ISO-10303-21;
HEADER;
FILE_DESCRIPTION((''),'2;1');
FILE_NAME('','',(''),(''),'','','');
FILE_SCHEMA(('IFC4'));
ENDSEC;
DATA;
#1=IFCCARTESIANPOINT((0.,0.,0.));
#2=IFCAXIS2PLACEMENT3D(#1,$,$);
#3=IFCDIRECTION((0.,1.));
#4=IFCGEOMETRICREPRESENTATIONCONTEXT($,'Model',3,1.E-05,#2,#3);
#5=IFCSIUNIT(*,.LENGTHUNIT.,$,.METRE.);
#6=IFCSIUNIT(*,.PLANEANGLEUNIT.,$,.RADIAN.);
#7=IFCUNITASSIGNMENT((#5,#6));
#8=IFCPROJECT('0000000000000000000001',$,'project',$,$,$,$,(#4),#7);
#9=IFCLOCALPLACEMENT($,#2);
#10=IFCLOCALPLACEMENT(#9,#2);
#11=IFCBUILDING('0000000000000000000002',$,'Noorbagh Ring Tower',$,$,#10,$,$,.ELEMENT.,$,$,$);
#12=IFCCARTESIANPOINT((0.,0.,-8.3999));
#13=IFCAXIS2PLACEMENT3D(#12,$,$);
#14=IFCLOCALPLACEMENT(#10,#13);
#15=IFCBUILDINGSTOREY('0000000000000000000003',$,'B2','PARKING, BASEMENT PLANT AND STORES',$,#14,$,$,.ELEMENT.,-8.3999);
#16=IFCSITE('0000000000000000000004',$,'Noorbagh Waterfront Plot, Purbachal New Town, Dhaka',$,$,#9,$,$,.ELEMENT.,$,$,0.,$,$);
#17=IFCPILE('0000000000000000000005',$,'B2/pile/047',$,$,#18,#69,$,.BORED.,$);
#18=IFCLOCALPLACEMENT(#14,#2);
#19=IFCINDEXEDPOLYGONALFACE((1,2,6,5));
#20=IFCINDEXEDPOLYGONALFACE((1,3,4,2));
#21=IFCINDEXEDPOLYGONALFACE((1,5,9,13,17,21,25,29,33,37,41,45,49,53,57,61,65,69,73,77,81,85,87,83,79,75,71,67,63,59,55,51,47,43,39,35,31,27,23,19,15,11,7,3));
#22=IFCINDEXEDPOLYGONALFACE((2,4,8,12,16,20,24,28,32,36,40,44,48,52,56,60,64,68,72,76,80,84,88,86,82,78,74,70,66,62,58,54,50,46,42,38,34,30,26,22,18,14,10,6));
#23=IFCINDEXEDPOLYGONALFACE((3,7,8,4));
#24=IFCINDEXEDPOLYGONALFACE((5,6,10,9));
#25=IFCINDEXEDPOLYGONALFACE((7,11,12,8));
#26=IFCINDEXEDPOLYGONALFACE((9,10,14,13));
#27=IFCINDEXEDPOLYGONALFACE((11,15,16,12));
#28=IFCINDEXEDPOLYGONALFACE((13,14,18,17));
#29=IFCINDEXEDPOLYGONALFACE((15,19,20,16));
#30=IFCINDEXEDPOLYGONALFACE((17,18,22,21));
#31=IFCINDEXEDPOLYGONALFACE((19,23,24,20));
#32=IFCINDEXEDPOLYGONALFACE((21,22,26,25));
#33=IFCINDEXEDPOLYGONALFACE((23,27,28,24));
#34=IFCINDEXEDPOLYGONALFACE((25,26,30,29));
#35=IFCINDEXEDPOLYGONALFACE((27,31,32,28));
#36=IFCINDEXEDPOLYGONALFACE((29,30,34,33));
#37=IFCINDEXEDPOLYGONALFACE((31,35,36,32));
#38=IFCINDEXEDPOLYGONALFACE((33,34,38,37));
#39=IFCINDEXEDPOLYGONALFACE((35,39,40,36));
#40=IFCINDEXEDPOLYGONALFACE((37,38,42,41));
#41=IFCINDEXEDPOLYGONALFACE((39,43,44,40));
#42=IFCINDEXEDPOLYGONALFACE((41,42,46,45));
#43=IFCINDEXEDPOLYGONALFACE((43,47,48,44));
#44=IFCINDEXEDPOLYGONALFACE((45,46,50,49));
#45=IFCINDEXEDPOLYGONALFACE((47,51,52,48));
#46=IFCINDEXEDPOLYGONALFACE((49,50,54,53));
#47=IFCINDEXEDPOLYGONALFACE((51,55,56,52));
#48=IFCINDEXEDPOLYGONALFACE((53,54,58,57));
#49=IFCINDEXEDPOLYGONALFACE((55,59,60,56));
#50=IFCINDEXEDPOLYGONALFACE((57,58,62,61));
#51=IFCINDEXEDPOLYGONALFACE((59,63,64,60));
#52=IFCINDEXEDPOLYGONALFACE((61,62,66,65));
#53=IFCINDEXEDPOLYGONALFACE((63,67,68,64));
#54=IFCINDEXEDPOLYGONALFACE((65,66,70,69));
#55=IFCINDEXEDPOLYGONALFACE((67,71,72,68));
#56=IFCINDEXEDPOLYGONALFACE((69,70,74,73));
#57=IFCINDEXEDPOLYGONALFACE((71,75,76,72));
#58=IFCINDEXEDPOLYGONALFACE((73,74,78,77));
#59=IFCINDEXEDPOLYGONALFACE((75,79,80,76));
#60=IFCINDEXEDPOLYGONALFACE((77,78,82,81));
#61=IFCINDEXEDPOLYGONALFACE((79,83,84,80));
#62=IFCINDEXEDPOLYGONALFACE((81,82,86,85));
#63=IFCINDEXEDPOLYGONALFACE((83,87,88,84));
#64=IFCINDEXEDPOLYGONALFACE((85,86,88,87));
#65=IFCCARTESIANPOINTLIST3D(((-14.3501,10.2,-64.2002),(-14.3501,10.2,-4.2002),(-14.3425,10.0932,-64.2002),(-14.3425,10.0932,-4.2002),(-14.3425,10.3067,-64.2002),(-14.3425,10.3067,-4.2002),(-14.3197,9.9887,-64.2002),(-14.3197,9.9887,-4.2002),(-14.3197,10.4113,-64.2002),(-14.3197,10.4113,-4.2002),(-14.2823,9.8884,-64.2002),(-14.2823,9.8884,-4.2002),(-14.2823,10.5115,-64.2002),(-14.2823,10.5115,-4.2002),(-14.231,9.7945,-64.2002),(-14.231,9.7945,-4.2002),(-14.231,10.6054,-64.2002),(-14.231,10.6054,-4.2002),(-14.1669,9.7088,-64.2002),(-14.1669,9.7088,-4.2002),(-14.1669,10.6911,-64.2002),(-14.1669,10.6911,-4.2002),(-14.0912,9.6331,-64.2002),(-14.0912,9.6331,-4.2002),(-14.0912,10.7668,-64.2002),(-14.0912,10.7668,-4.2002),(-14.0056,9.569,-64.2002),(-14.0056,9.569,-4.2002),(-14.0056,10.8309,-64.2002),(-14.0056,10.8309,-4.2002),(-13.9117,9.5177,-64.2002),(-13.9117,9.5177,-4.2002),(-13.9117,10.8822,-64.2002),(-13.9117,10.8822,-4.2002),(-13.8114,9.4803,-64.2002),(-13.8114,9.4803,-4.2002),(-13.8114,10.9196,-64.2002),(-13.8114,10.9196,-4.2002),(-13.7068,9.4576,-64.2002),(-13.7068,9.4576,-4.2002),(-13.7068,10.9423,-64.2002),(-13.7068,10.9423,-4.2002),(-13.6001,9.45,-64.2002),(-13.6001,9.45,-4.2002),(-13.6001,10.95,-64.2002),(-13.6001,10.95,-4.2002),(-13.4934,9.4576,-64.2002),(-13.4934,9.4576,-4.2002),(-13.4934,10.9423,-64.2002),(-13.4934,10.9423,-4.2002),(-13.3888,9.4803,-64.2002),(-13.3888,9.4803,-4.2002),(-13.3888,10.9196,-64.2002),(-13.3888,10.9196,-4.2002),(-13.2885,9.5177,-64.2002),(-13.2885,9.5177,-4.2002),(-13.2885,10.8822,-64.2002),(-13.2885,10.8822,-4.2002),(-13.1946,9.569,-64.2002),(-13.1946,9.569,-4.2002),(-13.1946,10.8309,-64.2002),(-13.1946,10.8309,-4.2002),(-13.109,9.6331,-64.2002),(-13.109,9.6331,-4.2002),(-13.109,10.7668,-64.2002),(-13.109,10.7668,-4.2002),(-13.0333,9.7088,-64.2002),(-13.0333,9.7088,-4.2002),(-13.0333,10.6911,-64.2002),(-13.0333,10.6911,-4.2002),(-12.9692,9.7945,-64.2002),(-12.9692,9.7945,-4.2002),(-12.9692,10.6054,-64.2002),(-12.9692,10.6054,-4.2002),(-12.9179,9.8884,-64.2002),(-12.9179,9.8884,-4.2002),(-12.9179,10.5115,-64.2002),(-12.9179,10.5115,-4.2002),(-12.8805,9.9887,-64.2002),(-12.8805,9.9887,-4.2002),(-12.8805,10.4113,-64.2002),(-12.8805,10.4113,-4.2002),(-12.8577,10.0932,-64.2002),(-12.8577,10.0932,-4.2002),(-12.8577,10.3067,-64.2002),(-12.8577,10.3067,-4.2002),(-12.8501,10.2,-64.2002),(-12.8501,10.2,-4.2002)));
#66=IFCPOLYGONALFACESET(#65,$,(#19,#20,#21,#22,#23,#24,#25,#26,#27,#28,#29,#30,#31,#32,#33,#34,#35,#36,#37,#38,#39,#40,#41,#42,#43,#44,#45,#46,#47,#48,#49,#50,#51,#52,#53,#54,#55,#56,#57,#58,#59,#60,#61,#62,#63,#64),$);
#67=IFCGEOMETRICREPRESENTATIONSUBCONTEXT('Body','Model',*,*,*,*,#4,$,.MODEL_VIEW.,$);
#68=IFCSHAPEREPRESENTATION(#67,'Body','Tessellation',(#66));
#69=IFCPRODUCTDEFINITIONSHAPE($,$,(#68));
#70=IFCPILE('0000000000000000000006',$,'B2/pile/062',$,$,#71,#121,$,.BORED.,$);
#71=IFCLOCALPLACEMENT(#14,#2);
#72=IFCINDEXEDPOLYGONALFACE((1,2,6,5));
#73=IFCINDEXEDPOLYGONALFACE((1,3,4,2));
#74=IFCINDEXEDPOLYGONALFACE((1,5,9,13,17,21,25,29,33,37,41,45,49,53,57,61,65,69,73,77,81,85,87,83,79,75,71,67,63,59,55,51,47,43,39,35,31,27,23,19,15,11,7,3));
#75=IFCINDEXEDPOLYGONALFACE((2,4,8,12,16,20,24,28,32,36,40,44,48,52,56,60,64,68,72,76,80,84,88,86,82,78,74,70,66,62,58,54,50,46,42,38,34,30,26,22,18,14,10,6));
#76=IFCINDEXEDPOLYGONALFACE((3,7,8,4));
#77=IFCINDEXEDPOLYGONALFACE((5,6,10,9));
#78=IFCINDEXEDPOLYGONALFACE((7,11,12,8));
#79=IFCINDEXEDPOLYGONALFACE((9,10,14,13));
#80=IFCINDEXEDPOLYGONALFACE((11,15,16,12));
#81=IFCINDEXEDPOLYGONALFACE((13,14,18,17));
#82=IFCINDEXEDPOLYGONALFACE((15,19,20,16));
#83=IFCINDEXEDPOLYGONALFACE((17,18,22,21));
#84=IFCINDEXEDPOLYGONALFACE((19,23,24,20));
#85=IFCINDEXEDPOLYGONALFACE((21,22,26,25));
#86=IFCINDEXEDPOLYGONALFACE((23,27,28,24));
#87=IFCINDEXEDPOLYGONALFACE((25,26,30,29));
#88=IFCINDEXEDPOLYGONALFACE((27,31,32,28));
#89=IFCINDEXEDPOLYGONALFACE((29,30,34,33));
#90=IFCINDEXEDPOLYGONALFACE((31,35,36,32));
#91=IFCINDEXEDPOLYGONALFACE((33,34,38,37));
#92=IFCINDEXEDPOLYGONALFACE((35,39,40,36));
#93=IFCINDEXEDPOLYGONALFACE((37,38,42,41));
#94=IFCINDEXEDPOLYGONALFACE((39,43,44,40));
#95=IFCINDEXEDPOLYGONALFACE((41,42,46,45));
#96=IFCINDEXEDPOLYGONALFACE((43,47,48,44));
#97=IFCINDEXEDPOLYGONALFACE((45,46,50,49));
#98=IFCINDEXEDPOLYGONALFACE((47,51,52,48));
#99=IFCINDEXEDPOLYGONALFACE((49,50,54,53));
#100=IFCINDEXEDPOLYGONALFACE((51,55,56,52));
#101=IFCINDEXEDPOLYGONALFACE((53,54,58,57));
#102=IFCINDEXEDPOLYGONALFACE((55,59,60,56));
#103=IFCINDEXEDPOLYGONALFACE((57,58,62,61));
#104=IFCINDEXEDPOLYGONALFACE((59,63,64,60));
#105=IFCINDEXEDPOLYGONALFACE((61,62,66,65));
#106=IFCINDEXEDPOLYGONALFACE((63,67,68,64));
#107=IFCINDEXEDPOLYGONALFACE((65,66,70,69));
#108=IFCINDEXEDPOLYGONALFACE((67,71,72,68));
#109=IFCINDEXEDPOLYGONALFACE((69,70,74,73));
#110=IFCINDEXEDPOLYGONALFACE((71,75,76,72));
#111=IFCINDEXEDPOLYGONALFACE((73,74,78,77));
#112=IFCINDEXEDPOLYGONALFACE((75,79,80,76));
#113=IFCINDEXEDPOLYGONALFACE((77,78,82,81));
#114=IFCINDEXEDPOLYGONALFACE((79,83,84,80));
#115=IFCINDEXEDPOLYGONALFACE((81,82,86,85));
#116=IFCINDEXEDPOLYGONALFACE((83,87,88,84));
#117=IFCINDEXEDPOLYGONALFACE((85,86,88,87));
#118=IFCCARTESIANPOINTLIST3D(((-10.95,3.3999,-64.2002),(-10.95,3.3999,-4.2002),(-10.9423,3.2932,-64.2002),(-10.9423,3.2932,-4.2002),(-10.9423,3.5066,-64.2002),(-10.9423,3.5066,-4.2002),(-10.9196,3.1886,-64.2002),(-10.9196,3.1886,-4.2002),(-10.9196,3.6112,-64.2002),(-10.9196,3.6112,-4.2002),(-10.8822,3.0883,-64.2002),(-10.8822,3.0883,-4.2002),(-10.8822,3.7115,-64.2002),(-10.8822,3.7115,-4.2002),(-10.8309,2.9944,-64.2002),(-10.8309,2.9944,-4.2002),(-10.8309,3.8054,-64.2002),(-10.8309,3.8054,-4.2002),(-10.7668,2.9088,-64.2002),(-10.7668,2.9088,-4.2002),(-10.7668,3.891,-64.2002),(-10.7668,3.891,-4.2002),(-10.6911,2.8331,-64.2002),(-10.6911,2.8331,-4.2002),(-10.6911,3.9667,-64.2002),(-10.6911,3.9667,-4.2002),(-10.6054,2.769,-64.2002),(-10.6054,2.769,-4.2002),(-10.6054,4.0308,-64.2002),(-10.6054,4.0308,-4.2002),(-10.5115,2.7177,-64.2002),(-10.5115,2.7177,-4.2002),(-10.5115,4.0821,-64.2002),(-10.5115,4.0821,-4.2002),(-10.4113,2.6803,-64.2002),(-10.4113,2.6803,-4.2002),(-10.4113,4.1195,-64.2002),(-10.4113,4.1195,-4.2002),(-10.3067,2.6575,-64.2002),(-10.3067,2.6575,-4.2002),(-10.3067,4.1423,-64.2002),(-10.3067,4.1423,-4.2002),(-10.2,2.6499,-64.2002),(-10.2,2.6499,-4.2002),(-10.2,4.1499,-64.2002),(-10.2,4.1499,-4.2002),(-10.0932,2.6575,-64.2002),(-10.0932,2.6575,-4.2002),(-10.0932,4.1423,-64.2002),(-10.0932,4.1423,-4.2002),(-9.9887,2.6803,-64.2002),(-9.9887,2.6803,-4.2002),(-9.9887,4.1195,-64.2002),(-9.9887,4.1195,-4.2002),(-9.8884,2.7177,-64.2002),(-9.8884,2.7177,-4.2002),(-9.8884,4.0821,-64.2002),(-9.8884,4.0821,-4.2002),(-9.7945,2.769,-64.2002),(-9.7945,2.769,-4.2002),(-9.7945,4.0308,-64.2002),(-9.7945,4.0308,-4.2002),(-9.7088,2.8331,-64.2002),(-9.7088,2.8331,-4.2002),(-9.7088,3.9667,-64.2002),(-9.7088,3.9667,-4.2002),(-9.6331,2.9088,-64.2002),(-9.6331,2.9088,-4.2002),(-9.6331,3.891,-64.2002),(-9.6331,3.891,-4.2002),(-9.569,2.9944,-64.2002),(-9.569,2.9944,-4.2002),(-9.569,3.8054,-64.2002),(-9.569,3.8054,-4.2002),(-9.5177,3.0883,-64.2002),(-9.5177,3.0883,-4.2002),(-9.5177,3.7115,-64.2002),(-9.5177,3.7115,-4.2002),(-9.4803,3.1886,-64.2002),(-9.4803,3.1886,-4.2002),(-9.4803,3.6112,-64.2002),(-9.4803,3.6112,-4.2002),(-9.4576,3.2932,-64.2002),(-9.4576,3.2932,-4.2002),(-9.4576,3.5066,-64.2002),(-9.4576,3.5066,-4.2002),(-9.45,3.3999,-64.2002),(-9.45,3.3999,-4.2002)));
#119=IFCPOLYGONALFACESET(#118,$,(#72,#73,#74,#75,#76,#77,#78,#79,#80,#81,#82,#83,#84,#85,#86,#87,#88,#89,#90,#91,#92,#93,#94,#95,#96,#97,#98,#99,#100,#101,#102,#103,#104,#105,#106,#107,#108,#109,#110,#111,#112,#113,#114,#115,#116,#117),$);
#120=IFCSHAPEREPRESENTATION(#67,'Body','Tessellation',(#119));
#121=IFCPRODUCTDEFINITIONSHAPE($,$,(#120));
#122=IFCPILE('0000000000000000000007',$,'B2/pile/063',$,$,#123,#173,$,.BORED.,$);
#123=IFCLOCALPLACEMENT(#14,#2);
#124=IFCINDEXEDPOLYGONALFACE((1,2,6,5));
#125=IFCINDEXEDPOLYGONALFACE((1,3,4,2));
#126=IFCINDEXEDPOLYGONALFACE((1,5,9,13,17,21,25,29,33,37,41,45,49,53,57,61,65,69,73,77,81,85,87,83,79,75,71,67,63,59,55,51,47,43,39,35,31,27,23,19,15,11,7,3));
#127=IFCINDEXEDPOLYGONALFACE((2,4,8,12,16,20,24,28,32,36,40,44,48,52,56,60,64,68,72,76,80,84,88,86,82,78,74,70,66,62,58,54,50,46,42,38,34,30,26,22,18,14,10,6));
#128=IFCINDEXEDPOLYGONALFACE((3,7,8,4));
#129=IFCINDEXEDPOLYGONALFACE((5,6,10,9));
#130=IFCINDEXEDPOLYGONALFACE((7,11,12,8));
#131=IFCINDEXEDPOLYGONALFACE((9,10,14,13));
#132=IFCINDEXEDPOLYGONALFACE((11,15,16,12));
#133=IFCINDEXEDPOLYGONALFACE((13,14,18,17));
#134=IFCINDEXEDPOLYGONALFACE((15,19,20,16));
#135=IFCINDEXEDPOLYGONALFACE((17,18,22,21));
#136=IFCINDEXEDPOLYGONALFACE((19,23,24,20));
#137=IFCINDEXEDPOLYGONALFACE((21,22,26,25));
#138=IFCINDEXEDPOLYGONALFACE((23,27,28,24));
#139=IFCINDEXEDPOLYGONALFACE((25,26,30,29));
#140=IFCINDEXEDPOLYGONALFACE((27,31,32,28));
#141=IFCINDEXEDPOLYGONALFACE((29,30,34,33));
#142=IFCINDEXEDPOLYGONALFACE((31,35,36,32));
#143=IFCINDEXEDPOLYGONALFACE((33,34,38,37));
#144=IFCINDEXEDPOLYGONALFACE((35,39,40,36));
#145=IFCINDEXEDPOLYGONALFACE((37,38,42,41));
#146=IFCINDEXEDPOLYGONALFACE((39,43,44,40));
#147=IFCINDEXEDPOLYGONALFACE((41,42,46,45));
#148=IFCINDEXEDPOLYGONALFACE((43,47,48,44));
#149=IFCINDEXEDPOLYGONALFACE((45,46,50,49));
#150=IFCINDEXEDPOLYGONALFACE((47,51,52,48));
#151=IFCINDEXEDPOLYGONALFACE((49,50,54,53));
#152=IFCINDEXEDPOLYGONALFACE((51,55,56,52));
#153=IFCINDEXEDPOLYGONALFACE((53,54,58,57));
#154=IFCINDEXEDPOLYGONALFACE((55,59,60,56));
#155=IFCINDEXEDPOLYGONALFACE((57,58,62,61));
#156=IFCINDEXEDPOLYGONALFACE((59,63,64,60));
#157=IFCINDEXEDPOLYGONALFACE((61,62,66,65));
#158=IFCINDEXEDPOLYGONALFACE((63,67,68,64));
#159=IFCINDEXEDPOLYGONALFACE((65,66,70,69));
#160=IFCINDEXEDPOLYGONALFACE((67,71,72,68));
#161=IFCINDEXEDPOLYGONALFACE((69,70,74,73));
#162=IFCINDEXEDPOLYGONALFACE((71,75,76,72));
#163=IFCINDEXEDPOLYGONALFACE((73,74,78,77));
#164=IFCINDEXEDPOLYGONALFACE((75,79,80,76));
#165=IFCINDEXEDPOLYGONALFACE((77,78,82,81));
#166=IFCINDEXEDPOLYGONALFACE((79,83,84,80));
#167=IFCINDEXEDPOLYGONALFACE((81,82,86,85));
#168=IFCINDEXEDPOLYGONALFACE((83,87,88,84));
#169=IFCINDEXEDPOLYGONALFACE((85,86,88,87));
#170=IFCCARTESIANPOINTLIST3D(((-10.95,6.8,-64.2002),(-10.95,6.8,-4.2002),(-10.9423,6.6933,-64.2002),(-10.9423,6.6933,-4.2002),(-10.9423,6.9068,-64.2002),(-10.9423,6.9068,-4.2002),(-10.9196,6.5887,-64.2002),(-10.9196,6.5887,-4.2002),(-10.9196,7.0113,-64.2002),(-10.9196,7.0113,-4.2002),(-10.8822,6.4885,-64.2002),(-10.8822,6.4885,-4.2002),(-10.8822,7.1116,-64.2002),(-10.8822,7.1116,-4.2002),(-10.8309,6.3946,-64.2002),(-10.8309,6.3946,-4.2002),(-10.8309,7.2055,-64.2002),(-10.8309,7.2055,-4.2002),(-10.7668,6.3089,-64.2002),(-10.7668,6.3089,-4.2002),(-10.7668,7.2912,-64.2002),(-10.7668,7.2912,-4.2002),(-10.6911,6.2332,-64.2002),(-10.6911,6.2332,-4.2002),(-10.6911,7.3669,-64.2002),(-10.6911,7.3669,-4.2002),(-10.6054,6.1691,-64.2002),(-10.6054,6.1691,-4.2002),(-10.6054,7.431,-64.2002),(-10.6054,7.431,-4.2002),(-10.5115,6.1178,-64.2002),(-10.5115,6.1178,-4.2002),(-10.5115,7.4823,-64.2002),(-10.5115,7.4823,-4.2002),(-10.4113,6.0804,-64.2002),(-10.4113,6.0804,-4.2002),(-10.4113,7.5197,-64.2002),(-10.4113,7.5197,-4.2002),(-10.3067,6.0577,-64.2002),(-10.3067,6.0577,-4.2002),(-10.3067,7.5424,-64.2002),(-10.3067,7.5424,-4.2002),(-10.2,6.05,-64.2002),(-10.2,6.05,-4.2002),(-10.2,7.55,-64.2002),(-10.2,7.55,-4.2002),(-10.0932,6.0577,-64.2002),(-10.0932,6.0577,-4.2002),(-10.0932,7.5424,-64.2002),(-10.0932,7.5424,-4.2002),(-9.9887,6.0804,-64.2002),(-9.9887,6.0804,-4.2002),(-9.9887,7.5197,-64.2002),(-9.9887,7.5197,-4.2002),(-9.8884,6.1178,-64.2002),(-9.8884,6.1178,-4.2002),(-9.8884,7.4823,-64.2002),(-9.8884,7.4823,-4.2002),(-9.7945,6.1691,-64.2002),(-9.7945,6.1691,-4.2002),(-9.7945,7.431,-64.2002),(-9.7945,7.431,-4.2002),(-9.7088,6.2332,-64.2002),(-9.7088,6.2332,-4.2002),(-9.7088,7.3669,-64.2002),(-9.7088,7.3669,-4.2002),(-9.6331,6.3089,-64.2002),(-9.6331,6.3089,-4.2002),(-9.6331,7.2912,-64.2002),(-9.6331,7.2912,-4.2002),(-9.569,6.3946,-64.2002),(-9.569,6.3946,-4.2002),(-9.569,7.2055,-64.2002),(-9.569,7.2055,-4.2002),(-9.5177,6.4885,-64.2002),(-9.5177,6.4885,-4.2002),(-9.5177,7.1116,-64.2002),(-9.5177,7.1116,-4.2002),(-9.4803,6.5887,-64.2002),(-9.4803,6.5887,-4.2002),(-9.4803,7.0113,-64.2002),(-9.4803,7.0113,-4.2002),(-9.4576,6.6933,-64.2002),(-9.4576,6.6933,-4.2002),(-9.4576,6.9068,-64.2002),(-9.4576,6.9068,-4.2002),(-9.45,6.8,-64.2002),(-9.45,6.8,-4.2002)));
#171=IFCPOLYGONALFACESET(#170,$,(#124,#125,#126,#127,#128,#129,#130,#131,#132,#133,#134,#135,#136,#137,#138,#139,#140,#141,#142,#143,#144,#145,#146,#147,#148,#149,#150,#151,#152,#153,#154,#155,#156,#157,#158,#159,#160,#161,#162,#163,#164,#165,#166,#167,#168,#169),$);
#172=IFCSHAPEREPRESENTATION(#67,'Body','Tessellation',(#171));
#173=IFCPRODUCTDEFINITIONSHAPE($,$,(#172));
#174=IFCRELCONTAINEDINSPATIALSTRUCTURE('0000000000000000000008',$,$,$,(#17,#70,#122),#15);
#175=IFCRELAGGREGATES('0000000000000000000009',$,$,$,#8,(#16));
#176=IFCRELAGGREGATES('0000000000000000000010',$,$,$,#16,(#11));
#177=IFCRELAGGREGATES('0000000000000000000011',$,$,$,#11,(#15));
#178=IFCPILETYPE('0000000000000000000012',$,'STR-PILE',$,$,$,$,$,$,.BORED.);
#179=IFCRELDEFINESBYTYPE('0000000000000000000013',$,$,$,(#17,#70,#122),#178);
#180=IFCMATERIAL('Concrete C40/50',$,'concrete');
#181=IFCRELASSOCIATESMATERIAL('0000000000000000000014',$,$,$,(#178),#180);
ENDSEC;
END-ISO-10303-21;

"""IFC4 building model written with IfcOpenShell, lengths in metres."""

from ifc_helpers import new_model, si_unit, direction, frame, origin, origin_2d, place, context, subcontext, project, spatial, circle, extrude, material, material_profile, profile_set, type_object, element, save


model = new_model("IFC4")

# Units and contexts
model_context = context("Model", 3, precision=1e-05, world=origin(), true_north=direction((0.0, 1.0)))
body_context = subcontext(model_context, "Body", "Model", "MODEL_VIEW")
ifc_project = project(units=[si_unit("LENGTHUNIT", "METRE"), si_unit("PLANEANGLEUNIT", "RADIAN")], contexts=[model_context])

# Site, building, storey
site_placement = place(None, origin())
site = spatial("IfcSite", under=ifc_project, at=site_placement, Name="Noorbagh Waterfront Plot, Purbachal New Town, Dhaka", CompositionType="ELEMENT", RefElevation=0.0)
building_placement = place(site_placement, origin())
building = spatial("IfcBuilding", under=site, at=building_placement, Name="Noorbagh Ring Tower", CompositionType="ELEMENT")
storey_placement = place(building_placement, frame((0.0, 0.0, -8.3999)))
storey = spatial("IfcBuildingStorey", under=building, at=storey_placement, Name="B2", Description="PARKING, BASEMENT PLANT AND STORES", CompositionType="ELEMENT", Elevation=-8.3999)

# Piles
ifc_material_1 = material(Name="Concrete C40/50", Category="concrete")
ifc_material_profile_1 = material_profile(ifc_material_1, circle(Radius=0.75, at=origin_2d()), Name="PILE1500")
ifc_profile_set_1 = profile_set([ifc_material_profile_1], Name="Concrete C40/50")
pile_type = type_object("IfcPileType", Name="STR-PILE", PredefinedType="BORED", material=ifc_profile_set_1)
for number, where, z_axis, x_axis, name in (
    (1, (-13.6001, 10.2, -4.2002), (0.0, 0.0, -1.0), (1.0, 0.0, 0.0), "B2/pile/047"),
    (2, (-10.2, 3.3999, -4.2002), (0.0, 0.0, -1.0), (1.0, 0.0, 0.0), "B2/pile/062"),
    (3, (-10.2, 6.8, -4.2002), (0.0, 0.0, -1.0), (1.0, 0.0, 0.0), "B2/pile/063"),
):
    element("IfcPile", number, at=place(storey_placement, frame(where, z_axis=z_axis, x_axis=x_axis)), inside=storey, type_object=pile_type, Name=name, PredefinedType="BORED", context=body_context, shape_type="SweptSolid", body=[
        extrude(circle(Radius=0.75, at=origin_2d()), origin(), (0.0, 0.0, 1.0), 60.0),
    ])

save(model, "model.ifc")
